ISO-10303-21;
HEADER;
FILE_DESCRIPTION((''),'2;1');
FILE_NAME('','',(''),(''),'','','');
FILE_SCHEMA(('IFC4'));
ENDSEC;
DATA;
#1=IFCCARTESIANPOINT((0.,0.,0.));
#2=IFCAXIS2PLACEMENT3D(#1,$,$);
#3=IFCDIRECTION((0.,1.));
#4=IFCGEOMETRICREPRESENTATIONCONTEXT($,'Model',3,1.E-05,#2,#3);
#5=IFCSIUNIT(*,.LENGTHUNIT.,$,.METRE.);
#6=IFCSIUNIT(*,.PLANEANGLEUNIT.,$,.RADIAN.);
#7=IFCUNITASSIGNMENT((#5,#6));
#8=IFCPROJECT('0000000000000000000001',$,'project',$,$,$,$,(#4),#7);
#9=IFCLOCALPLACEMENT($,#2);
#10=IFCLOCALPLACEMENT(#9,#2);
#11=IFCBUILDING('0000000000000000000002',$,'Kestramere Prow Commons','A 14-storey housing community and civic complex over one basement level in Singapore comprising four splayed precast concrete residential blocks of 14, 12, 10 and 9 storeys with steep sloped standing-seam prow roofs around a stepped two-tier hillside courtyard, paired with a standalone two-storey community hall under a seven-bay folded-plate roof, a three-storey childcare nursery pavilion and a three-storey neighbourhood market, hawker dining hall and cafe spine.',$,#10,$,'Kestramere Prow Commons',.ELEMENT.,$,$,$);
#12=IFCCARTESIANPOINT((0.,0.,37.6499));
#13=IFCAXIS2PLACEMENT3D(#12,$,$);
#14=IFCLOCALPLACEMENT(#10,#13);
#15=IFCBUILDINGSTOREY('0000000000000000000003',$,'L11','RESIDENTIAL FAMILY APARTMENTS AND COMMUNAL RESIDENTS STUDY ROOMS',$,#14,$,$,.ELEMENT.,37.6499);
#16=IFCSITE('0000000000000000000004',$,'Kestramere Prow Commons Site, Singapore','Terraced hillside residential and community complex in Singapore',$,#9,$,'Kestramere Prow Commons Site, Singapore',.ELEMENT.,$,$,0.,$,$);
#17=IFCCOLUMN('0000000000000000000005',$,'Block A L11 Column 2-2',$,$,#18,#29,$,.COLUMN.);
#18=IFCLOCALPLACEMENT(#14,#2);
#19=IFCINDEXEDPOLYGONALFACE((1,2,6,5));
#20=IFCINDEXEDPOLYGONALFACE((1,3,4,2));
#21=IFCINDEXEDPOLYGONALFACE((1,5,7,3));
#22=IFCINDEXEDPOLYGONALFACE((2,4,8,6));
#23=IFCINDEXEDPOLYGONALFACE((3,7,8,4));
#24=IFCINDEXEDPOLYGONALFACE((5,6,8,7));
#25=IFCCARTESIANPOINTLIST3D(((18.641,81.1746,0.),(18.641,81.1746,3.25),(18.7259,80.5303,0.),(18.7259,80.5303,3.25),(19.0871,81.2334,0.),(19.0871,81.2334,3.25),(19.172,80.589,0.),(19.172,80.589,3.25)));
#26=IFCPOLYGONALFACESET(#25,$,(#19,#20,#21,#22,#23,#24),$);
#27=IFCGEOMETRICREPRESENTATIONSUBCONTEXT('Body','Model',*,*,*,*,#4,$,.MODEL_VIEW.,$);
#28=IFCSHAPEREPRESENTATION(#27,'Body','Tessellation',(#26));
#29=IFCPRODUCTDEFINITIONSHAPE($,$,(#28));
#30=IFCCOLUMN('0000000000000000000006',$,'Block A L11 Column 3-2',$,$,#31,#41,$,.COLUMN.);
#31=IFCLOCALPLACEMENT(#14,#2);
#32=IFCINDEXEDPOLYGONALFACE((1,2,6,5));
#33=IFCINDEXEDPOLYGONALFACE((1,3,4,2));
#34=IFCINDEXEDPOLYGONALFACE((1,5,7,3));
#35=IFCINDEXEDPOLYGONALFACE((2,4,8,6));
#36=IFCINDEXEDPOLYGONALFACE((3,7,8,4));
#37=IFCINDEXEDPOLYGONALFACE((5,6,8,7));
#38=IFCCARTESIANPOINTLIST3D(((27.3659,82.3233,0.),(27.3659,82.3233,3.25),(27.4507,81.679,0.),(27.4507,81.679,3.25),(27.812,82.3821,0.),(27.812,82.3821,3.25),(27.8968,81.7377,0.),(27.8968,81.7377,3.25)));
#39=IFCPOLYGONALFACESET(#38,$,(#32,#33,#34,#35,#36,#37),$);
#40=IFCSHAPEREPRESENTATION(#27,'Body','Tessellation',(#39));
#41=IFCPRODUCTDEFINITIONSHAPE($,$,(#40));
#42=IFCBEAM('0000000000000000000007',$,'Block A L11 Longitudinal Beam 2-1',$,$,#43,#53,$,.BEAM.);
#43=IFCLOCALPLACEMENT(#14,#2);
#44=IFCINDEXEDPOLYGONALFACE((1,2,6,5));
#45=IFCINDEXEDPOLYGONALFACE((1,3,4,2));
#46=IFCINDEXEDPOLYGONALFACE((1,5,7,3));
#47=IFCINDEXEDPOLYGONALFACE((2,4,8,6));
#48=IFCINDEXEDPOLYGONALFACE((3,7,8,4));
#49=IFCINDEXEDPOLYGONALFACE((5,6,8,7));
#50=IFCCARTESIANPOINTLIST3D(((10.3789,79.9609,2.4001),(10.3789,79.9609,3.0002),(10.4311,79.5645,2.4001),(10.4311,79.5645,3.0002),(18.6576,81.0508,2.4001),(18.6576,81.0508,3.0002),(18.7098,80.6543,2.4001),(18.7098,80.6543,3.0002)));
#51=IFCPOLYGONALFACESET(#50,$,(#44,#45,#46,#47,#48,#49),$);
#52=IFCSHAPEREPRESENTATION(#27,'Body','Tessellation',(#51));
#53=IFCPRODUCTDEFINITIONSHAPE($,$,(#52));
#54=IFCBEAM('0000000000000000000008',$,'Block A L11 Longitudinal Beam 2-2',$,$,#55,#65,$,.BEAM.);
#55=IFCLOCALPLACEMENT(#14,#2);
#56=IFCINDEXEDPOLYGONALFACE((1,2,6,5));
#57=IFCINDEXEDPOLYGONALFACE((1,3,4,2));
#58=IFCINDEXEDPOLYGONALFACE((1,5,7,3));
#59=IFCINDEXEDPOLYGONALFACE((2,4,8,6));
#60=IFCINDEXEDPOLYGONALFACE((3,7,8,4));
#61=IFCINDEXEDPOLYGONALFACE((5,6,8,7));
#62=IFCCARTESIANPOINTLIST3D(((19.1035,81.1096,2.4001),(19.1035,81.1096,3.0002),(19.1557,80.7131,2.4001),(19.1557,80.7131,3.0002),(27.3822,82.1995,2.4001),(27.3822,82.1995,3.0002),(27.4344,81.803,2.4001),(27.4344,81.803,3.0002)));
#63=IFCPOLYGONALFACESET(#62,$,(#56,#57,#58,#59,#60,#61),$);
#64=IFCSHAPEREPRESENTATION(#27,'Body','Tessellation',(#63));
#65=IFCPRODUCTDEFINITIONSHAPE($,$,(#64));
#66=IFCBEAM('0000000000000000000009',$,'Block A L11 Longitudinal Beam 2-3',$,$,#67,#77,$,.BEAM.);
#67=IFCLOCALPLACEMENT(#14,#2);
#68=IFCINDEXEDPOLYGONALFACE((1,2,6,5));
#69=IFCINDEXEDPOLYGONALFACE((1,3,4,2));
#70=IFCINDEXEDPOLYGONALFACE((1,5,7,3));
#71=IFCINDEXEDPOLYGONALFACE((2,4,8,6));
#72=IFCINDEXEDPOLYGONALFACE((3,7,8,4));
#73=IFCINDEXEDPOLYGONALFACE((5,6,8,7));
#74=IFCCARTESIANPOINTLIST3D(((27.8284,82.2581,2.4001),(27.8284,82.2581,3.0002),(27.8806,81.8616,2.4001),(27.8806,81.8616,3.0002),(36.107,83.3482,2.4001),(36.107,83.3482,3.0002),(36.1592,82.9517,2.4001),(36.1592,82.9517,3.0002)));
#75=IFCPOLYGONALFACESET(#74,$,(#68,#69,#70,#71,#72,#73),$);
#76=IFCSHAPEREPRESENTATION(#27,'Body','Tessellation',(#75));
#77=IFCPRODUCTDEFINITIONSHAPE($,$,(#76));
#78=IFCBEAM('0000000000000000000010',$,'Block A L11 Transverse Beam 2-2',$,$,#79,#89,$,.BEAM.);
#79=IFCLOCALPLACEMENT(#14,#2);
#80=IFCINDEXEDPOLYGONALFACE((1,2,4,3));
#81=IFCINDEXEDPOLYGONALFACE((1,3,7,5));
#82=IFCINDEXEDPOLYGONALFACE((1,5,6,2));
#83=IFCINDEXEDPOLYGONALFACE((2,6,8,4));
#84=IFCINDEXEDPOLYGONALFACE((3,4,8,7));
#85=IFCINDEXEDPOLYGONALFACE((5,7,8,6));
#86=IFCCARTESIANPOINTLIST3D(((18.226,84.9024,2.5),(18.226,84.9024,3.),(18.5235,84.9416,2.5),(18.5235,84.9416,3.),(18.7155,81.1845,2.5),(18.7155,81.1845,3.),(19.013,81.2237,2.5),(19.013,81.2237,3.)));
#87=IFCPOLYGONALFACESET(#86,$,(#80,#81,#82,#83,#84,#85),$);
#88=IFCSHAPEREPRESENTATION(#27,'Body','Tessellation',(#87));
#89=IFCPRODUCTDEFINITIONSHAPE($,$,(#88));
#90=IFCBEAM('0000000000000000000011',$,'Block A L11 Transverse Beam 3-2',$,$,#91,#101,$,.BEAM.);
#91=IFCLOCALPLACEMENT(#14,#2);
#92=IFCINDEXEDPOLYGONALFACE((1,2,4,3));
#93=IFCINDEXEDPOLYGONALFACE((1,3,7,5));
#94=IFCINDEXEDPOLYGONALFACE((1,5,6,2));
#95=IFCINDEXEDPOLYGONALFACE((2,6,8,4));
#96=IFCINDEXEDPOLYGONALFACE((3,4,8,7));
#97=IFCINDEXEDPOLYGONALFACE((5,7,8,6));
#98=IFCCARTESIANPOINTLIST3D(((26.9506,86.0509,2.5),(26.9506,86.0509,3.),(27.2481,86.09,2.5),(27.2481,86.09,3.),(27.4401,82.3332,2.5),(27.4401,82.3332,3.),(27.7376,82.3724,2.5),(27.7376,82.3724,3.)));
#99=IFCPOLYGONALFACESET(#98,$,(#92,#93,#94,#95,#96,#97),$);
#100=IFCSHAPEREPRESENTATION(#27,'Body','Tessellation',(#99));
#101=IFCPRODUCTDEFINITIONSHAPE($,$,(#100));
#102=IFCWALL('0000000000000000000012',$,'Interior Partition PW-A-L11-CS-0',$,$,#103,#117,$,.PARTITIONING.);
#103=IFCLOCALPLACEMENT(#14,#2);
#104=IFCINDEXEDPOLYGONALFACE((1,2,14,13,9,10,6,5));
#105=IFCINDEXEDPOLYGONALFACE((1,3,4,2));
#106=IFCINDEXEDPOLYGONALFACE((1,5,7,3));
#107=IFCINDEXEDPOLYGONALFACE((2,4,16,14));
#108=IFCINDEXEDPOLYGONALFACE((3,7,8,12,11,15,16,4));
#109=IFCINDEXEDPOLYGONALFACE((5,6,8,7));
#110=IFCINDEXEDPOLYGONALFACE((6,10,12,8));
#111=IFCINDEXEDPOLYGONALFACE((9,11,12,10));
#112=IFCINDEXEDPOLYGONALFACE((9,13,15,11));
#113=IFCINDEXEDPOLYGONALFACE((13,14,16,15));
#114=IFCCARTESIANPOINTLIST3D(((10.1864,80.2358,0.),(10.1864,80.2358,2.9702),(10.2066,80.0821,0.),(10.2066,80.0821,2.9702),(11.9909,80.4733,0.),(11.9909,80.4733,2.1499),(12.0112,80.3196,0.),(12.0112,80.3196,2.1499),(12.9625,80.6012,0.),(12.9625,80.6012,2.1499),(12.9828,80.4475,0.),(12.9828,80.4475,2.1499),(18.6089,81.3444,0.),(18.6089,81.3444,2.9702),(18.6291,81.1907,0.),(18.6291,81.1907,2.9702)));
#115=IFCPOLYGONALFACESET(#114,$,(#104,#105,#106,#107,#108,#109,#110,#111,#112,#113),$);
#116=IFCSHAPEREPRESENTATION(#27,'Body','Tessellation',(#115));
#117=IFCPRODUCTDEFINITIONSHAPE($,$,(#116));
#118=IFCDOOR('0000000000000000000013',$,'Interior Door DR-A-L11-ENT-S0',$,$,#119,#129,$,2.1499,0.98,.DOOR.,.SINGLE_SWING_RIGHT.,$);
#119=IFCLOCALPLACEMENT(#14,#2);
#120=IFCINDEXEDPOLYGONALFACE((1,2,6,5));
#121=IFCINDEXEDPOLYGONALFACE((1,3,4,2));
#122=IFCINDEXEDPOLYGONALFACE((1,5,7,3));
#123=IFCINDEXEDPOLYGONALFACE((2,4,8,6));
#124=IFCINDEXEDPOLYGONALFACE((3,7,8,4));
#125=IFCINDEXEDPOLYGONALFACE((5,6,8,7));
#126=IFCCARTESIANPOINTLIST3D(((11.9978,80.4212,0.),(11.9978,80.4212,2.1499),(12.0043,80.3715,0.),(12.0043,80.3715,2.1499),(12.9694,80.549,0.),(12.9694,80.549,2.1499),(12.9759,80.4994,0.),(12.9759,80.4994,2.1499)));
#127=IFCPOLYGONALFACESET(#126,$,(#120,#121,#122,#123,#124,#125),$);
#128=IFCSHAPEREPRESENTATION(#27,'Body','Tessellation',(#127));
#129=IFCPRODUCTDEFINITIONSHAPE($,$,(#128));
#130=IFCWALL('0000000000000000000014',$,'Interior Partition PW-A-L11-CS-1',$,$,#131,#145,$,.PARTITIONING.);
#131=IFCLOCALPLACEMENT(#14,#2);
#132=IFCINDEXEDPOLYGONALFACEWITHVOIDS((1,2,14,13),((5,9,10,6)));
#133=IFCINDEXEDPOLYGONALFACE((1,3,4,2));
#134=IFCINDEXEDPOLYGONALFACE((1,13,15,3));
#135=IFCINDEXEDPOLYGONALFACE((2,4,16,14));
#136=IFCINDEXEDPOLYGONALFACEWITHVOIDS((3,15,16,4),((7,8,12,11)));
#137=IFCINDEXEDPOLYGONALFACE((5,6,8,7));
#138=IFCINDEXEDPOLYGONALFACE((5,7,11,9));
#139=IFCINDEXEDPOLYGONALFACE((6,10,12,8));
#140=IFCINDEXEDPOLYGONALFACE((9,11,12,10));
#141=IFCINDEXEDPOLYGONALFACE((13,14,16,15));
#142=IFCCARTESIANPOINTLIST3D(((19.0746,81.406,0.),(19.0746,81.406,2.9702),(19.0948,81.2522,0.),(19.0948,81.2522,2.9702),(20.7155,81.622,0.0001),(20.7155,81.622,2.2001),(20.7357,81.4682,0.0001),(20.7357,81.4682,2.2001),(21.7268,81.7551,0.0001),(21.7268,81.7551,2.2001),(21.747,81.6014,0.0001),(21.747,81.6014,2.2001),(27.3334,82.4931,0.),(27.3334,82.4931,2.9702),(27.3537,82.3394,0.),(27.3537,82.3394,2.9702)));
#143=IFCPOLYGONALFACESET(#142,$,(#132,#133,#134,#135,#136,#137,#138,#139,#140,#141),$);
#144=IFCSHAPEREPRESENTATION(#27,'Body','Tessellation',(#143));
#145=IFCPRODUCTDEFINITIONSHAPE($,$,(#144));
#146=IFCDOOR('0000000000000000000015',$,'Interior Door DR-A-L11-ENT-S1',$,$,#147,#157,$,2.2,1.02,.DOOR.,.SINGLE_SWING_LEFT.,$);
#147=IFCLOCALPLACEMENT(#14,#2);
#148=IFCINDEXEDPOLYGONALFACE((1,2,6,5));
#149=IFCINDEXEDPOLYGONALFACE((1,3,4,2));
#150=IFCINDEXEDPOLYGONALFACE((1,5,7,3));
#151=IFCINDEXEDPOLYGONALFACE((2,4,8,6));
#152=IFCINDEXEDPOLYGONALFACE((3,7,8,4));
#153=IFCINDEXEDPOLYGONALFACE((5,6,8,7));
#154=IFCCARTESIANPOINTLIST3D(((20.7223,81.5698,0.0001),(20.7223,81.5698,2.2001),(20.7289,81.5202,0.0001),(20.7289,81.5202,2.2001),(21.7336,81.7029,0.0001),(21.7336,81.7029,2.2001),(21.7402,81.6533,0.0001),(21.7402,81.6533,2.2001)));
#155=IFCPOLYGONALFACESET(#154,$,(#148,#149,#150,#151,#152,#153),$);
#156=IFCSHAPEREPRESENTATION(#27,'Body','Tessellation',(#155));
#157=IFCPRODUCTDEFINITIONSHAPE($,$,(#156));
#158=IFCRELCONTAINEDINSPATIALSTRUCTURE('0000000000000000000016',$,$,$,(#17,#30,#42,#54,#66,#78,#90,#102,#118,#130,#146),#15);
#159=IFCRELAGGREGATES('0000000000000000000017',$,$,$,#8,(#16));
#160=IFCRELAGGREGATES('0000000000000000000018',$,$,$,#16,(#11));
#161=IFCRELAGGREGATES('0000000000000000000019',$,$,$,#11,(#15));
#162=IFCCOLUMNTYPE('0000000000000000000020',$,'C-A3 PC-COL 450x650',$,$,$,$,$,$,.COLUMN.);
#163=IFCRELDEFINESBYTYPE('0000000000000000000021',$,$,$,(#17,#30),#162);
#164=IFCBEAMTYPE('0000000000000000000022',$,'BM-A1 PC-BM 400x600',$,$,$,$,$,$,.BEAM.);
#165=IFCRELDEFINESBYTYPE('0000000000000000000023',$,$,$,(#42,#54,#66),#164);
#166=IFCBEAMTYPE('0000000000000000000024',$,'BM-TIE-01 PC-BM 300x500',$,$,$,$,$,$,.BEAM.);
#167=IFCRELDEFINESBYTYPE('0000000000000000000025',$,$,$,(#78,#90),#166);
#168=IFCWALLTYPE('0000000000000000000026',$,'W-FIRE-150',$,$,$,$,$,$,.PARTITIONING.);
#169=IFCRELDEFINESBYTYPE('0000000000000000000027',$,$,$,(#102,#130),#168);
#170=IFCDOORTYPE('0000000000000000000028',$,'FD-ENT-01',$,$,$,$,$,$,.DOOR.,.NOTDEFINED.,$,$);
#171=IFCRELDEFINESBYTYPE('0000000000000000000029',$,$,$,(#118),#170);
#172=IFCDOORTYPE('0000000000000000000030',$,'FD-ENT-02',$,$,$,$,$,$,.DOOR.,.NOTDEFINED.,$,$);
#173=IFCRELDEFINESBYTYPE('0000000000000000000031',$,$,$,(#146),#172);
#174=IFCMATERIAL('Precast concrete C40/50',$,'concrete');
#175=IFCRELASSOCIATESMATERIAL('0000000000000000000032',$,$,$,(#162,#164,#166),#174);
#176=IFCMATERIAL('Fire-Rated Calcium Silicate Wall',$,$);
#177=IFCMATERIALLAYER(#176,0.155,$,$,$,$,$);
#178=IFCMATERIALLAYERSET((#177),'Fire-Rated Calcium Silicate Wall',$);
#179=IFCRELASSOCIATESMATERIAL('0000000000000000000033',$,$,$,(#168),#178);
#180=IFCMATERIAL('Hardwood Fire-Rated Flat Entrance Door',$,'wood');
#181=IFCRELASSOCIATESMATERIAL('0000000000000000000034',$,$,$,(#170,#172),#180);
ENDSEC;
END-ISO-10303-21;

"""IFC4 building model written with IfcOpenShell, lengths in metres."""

from ifc_helpers import new_model, si_unit, direction, frame, frame_2d, origin, origin_2d, place, context, subcontext, project, spatial, rectangle, extrude, material, layer, layer_set, material_profile, profile_set, type_object, element, fill, save


model = new_model("IFC4")

# Units and contexts
model_context = context("Model", 3, precision=1e-05, world=origin(), true_north=direction((0.0, 1.0)))
body_context = subcontext(model_context, "Body", "Model", "MODEL_VIEW")
ifc_project = project(units=[si_unit("LENGTHUNIT", "METRE"), si_unit("PLANEANGLEUNIT", "RADIAN")], contexts=[model_context])

# Site, building, storey
site_placement = place(None, origin())
site = spatial("IfcSite", under=ifc_project, at=site_placement, Name="Kestramere Prow Commons Site, Singapore", Description="Terraced hillside residential and community complex in Singapore", LongName="Kestramere Prow Commons Site, Singapore", CompositionType="ELEMENT", RefElevation=0.0)
building_placement = place(site_placement, origin())
building = spatial("IfcBuilding", under=site, at=building_placement, Name="Kestramere Prow Commons", Description="A 14-storey housing community and civic complex over one basement level in Singapore comprising four splayed precast concrete residential blocks of 14, 12, 10 and 9 storeys with steep sloped standing-seam prow roofs around a stepped two-tier hillside courtyard, paired with a standalone two-storey community hall under a seven-bay folded-plate roof, a three-storey childcare nursery pavilion and a three-storey neighbourhood market, hawker dining hall and cafe spine.", LongName="Kestramere Prow Commons", CompositionType="ELEMENT")
storey_placement = place(building_placement, frame((0.0, 0.0, 37.6499)))
storey = spatial("IfcBuildingStorey", under=building, at=storey_placement, Name="L11", Description="RESIDENTIAL FAMILY APARTMENTS AND COMMUNAL RESIDENTS STUDY ROOMS", CompositionType="ELEMENT", Elevation=37.6499)

# Columns
ifc_material_1 = material(Name="Precast concrete C40/50", Category="concrete")
ifc_material_profile_1 = material_profile(ifc_material_1, rectangle(XDim=0.45, YDim=0.6499, at=origin_2d()), Name="PC-COL 450x650")
ifc_profile_set_1 = profile_set([ifc_material_profile_1], Name="Precast concrete C40/50")
column_type = type_object("IfcColumnType", Name="C-A3 PC-COL 450x650", PredefinedType="COLUMN", material=ifc_profile_set_1)
for number, where, z_axis, x_axis, name in (
    (1, (18.9065, 80.8818, 0.0), (0.0, 0.0, 1.0), (0.991445, 0.130526, 0.0), "Block A L11 Column 2-2"),
    (2, (27.6313, 82.0305, 0.0), (0.0, 0.0, 1.0), (0.991445, 0.130526, 0.0), "Block A L11 Column 3-2"),
):
    element("IfcColumn", number, at=place(storey_placement, frame(where, z_axis=z_axis, x_axis=x_axis)), inside=storey, type_object=column_type, Name=name, PredefinedType="COLUMN", context=body_context, shape_type="SweptSolid", body=[
        extrude(rectangle(XDim=0.45, YDim=0.6499, at=origin_2d()), origin(), (0.0, 0.0, 1.0), 3.25),
    ])

# Beams
ifc_material_profile_2 = material_profile(ifc_material_1, rectangle(XDim=0.3999, YDim=0.6001, at=origin_2d()), Name="PC-BM 400x600")
ifc_profile_set_2 = profile_set([ifc_material_profile_2], Name="Precast concrete C40/50")
beam_type_1 = type_object("IfcBeamType", Name="BM-A1 PC-BM 400x600", PredefinedType="BEAM", material=ifc_profile_set_2)
for number, where, z_axis, x_axis, name in (
    (3, (10.405, 79.7627, 2.7002), (0.991446, 0.13052, 0.0), (-0.13052, 0.991446, 0.0), "Block A L11 Longitudinal Beam 2-1"),
    (4, (19.1296, 80.9114, 2.7002), (0.991446, 0.13052, 0.0), (-0.13052, 0.991446, 0.0), "Block A L11 Longitudinal Beam 2-2"),
    (5, (27.8545, 82.0598, 2.7002), (0.991442, 0.130549, 0.0), (-0.130549, 0.991442, 0.0), "Block A L11 Longitudinal Beam 2-3"),
):
    element("IfcBeam", number, at=place(storey_placement, frame(where, z_axis=z_axis, x_axis=x_axis)), inside=storey, type_object=beam_type_1, Name=name, PredefinedType="BEAM", context=body_context, shape_type="SweptSolid", body=[
        extrude(rectangle(XDim=0.3999, YDim=0.6001, at=origin_2d()), origin(), (0.0, 0.0, 1.0), 8.3501),
    ])
ifc_material_profile_3 = material_profile(ifc_material_1, rectangle(XDim=0.3, YDim=0.5, at=origin_2d()), Name="PC-BM 300x500")
ifc_profile_set_3 = profile_set([ifc_material_profile_3], Name="Precast concrete C40/50")
beam_type_2 = type_object("IfcBeamType", Name="BM-TIE-01 PC-BM 300x500", PredefinedType="BEAM", material=ifc_profile_set_3)
beam_1_placement = place(storey_placement, frame((18.8643, 81.2041, 2.75), z_axis=(-0.13053, 0.991444, 0.0), x_axis=(-0.991444, -0.13053, 0.0)))
element("IfcBeam", 6, at=beam_1_placement, inside=storey, type_object=beam_type_2, Name="Block A L11 Transverse Beam 2-2", PredefinedType="BEAM", context=body_context, shape_type="SweptSolid", body=[
    extrude(rectangle(XDim=0.3, YDim=0.5, at=origin_2d()), origin(), (0.0, 0.0, 1.0), 3.75),
])
beam_2_placement = place(storey_placement, frame((27.5889, 82.3528, 2.75), z_axis=(-0.130539, 0.991443, 0.0), x_axis=(-0.991443, -0.130539, 0.0)))
element("IfcBeam", 7, at=beam_2_placement, inside=storey, type_object=beam_type_2, Name="Block A L11 Transverse Beam 3-2", PredefinedType="BEAM", context=body_context, shape_type="SweptSolid", body=[
    extrude(rectangle(XDim=0.3, YDim=0.5, at=origin_2d()), origin(), (0.0, 0.0, 1.0), 3.7498),
])

# Walls, openings, doors
ifc_material_2 = material(Name="Fire-Rated Calcium Silicate Wall")
ifc_layer_1 = layer(ifc_material_2, 0.155)
ifc_layer_set_1 = layer_set([ifc_layer_1], Name="Fire-Rated Calcium Silicate Wall")
wall_type_1 = type_object("IfcWallType", Name="W-FIRE-150", PredefinedType="PARTITIONING", material=ifc_layer_set_1)
wall_1_placement = place(storey_placement, frame((10.1965, 80.1589, 0.0), z_axis=(0.0, 0.0, 1.0), x_axis=(0.991448, 0.130505, 0.0)))
wall_1 = element("IfcWall", 8, at=wall_1_placement, inside=storey, type_object=wall_type_1, Name="Interior Partition PW-A-L11-CS-0", PredefinedType="PARTITIONING", context=body_context, shape_type="SweptSolid", body=[
    extrude(rectangle(XDim=8.4951, YDim=0.155, at=frame_2d((4.2476, 0.0))), origin(), (0.0, 0.0, 1.0), 2.9702),
])
opening_1_placement = place(wall_1_placement, frame((1.8201, 0.0, 0.0)))
opening_1 = element("IfcOpeningElement", 9, at=opening_1_placement, cuts=wall_1, PredefinedType="OPENING", context=body_context, shape_type="SweptSolid", body=[
    extrude(rectangle(XDim=0.98, YDim=2.1499, at=frame_2d((0.49, 1.075))), frame((0.0, 0.0925, 0.0), z_axis=(0.0, -1.0, 0.0), x_axis=(1.0, 0.0, 0.0)), (0.0, 0.0, 1.0), 0.1851),
])
ifc_material_3 = material(Name="Hardwood Fire-Rated Flat Entrance Door", Category="wood")
door_type_1 = type_object("IfcDoorType", Name="FD-ENT-01", OperationType="NOTDEFINED", PredefinedType="DOOR", material=ifc_material_3)
door_1_placement = place(opening_1_placement, origin())
door_1 = element("IfcDoor", 10, at=door_1_placement, inside=storey, type_object=door_type_1, Name="Interior Door DR-A-L11-ENT-S0", OperationType="SINGLE_SWING_RIGHT", OverallHeight=2.1499, OverallWidth=0.98, PredefinedType="DOOR", context=body_context, shape_type="SweptSolid", body=[
    extrude(rectangle(XDim=0.98, YDim=2.1499, at=frame_2d((0.49, 1.075))), frame((0.0, 0.0249, 0.0), z_axis=(0.0, -1.0, 0.0), x_axis=(1.0, 0.0, 0.0)), (0.0, 0.0, 1.0), 0.05),
])
fill(opening_1, door_1)
wall_2_placement = place(storey_placement, frame((19.0847, 81.3291, 0.0), z_axis=(0.0, 0.0, 1.0), x_axis=(0.991447, 0.130511, 0.0)))
wall_2 = element("IfcWall", 11, at=wall_2_placement, inside=storey, type_object=wall_type_1, Name="Interior Partition PW-A-L11-CS-1", PredefinedType="PARTITIONING", context=body_context, shape_type="SweptSolid", body=[
    extrude(rectangle(XDim=8.3301, YDim=0.155, at=frame_2d((4.165, 0.0))), origin(), (0.0, 0.0, 1.0), 2.9702),
])
opening_2_placement = place(wall_2_placement, frame((1.655, 0.0, 0.0)))
opening_2 = element("IfcOpeningElement", 12, at=opening_2_placement, cuts=wall_2, PredefinedType="OPENING", context=body_context, shape_type="SweptSolid", body=[
    extrude(rectangle(XDim=1.02, YDim=2.2, at=frame_2d((0.51, 1.1001))), frame((0.0, 0.0925, 0.0), z_axis=(0.0, -1.0, 0.0), x_axis=(1.0, 0.0, 0.0)), (0.0, 0.0, 1.0), 0.1851),
])
door_type_2 = type_object("IfcDoorType", Name="FD-ENT-02", OperationType="NOTDEFINED", PredefinedType="DOOR", material=ifc_material_3)
door_2_placement = place(opening_2_placement, origin())
door_2 = element("IfcDoor", 13, at=door_2_placement, inside=storey, type_object=door_type_2, Name="Interior Door DR-A-L11-ENT-S1", OperationType="SINGLE_SWING_LEFT", OverallHeight=2.2, OverallWidth=1.02, PredefinedType="DOOR", context=body_context, shape_type="SweptSolid", body=[
    extrude(rectangle(XDim=1.02, YDim=2.2, at=frame_2d((0.51, 1.1001))), frame((0.0, 0.0249, 0.0), z_axis=(0.0, -1.0, 0.0), x_axis=(1.0, 0.0, 0.0)), (0.0, 0.0, 1.0), 0.05),
])
fill(opening_2, door_2)

save(model, "model.ifc")
